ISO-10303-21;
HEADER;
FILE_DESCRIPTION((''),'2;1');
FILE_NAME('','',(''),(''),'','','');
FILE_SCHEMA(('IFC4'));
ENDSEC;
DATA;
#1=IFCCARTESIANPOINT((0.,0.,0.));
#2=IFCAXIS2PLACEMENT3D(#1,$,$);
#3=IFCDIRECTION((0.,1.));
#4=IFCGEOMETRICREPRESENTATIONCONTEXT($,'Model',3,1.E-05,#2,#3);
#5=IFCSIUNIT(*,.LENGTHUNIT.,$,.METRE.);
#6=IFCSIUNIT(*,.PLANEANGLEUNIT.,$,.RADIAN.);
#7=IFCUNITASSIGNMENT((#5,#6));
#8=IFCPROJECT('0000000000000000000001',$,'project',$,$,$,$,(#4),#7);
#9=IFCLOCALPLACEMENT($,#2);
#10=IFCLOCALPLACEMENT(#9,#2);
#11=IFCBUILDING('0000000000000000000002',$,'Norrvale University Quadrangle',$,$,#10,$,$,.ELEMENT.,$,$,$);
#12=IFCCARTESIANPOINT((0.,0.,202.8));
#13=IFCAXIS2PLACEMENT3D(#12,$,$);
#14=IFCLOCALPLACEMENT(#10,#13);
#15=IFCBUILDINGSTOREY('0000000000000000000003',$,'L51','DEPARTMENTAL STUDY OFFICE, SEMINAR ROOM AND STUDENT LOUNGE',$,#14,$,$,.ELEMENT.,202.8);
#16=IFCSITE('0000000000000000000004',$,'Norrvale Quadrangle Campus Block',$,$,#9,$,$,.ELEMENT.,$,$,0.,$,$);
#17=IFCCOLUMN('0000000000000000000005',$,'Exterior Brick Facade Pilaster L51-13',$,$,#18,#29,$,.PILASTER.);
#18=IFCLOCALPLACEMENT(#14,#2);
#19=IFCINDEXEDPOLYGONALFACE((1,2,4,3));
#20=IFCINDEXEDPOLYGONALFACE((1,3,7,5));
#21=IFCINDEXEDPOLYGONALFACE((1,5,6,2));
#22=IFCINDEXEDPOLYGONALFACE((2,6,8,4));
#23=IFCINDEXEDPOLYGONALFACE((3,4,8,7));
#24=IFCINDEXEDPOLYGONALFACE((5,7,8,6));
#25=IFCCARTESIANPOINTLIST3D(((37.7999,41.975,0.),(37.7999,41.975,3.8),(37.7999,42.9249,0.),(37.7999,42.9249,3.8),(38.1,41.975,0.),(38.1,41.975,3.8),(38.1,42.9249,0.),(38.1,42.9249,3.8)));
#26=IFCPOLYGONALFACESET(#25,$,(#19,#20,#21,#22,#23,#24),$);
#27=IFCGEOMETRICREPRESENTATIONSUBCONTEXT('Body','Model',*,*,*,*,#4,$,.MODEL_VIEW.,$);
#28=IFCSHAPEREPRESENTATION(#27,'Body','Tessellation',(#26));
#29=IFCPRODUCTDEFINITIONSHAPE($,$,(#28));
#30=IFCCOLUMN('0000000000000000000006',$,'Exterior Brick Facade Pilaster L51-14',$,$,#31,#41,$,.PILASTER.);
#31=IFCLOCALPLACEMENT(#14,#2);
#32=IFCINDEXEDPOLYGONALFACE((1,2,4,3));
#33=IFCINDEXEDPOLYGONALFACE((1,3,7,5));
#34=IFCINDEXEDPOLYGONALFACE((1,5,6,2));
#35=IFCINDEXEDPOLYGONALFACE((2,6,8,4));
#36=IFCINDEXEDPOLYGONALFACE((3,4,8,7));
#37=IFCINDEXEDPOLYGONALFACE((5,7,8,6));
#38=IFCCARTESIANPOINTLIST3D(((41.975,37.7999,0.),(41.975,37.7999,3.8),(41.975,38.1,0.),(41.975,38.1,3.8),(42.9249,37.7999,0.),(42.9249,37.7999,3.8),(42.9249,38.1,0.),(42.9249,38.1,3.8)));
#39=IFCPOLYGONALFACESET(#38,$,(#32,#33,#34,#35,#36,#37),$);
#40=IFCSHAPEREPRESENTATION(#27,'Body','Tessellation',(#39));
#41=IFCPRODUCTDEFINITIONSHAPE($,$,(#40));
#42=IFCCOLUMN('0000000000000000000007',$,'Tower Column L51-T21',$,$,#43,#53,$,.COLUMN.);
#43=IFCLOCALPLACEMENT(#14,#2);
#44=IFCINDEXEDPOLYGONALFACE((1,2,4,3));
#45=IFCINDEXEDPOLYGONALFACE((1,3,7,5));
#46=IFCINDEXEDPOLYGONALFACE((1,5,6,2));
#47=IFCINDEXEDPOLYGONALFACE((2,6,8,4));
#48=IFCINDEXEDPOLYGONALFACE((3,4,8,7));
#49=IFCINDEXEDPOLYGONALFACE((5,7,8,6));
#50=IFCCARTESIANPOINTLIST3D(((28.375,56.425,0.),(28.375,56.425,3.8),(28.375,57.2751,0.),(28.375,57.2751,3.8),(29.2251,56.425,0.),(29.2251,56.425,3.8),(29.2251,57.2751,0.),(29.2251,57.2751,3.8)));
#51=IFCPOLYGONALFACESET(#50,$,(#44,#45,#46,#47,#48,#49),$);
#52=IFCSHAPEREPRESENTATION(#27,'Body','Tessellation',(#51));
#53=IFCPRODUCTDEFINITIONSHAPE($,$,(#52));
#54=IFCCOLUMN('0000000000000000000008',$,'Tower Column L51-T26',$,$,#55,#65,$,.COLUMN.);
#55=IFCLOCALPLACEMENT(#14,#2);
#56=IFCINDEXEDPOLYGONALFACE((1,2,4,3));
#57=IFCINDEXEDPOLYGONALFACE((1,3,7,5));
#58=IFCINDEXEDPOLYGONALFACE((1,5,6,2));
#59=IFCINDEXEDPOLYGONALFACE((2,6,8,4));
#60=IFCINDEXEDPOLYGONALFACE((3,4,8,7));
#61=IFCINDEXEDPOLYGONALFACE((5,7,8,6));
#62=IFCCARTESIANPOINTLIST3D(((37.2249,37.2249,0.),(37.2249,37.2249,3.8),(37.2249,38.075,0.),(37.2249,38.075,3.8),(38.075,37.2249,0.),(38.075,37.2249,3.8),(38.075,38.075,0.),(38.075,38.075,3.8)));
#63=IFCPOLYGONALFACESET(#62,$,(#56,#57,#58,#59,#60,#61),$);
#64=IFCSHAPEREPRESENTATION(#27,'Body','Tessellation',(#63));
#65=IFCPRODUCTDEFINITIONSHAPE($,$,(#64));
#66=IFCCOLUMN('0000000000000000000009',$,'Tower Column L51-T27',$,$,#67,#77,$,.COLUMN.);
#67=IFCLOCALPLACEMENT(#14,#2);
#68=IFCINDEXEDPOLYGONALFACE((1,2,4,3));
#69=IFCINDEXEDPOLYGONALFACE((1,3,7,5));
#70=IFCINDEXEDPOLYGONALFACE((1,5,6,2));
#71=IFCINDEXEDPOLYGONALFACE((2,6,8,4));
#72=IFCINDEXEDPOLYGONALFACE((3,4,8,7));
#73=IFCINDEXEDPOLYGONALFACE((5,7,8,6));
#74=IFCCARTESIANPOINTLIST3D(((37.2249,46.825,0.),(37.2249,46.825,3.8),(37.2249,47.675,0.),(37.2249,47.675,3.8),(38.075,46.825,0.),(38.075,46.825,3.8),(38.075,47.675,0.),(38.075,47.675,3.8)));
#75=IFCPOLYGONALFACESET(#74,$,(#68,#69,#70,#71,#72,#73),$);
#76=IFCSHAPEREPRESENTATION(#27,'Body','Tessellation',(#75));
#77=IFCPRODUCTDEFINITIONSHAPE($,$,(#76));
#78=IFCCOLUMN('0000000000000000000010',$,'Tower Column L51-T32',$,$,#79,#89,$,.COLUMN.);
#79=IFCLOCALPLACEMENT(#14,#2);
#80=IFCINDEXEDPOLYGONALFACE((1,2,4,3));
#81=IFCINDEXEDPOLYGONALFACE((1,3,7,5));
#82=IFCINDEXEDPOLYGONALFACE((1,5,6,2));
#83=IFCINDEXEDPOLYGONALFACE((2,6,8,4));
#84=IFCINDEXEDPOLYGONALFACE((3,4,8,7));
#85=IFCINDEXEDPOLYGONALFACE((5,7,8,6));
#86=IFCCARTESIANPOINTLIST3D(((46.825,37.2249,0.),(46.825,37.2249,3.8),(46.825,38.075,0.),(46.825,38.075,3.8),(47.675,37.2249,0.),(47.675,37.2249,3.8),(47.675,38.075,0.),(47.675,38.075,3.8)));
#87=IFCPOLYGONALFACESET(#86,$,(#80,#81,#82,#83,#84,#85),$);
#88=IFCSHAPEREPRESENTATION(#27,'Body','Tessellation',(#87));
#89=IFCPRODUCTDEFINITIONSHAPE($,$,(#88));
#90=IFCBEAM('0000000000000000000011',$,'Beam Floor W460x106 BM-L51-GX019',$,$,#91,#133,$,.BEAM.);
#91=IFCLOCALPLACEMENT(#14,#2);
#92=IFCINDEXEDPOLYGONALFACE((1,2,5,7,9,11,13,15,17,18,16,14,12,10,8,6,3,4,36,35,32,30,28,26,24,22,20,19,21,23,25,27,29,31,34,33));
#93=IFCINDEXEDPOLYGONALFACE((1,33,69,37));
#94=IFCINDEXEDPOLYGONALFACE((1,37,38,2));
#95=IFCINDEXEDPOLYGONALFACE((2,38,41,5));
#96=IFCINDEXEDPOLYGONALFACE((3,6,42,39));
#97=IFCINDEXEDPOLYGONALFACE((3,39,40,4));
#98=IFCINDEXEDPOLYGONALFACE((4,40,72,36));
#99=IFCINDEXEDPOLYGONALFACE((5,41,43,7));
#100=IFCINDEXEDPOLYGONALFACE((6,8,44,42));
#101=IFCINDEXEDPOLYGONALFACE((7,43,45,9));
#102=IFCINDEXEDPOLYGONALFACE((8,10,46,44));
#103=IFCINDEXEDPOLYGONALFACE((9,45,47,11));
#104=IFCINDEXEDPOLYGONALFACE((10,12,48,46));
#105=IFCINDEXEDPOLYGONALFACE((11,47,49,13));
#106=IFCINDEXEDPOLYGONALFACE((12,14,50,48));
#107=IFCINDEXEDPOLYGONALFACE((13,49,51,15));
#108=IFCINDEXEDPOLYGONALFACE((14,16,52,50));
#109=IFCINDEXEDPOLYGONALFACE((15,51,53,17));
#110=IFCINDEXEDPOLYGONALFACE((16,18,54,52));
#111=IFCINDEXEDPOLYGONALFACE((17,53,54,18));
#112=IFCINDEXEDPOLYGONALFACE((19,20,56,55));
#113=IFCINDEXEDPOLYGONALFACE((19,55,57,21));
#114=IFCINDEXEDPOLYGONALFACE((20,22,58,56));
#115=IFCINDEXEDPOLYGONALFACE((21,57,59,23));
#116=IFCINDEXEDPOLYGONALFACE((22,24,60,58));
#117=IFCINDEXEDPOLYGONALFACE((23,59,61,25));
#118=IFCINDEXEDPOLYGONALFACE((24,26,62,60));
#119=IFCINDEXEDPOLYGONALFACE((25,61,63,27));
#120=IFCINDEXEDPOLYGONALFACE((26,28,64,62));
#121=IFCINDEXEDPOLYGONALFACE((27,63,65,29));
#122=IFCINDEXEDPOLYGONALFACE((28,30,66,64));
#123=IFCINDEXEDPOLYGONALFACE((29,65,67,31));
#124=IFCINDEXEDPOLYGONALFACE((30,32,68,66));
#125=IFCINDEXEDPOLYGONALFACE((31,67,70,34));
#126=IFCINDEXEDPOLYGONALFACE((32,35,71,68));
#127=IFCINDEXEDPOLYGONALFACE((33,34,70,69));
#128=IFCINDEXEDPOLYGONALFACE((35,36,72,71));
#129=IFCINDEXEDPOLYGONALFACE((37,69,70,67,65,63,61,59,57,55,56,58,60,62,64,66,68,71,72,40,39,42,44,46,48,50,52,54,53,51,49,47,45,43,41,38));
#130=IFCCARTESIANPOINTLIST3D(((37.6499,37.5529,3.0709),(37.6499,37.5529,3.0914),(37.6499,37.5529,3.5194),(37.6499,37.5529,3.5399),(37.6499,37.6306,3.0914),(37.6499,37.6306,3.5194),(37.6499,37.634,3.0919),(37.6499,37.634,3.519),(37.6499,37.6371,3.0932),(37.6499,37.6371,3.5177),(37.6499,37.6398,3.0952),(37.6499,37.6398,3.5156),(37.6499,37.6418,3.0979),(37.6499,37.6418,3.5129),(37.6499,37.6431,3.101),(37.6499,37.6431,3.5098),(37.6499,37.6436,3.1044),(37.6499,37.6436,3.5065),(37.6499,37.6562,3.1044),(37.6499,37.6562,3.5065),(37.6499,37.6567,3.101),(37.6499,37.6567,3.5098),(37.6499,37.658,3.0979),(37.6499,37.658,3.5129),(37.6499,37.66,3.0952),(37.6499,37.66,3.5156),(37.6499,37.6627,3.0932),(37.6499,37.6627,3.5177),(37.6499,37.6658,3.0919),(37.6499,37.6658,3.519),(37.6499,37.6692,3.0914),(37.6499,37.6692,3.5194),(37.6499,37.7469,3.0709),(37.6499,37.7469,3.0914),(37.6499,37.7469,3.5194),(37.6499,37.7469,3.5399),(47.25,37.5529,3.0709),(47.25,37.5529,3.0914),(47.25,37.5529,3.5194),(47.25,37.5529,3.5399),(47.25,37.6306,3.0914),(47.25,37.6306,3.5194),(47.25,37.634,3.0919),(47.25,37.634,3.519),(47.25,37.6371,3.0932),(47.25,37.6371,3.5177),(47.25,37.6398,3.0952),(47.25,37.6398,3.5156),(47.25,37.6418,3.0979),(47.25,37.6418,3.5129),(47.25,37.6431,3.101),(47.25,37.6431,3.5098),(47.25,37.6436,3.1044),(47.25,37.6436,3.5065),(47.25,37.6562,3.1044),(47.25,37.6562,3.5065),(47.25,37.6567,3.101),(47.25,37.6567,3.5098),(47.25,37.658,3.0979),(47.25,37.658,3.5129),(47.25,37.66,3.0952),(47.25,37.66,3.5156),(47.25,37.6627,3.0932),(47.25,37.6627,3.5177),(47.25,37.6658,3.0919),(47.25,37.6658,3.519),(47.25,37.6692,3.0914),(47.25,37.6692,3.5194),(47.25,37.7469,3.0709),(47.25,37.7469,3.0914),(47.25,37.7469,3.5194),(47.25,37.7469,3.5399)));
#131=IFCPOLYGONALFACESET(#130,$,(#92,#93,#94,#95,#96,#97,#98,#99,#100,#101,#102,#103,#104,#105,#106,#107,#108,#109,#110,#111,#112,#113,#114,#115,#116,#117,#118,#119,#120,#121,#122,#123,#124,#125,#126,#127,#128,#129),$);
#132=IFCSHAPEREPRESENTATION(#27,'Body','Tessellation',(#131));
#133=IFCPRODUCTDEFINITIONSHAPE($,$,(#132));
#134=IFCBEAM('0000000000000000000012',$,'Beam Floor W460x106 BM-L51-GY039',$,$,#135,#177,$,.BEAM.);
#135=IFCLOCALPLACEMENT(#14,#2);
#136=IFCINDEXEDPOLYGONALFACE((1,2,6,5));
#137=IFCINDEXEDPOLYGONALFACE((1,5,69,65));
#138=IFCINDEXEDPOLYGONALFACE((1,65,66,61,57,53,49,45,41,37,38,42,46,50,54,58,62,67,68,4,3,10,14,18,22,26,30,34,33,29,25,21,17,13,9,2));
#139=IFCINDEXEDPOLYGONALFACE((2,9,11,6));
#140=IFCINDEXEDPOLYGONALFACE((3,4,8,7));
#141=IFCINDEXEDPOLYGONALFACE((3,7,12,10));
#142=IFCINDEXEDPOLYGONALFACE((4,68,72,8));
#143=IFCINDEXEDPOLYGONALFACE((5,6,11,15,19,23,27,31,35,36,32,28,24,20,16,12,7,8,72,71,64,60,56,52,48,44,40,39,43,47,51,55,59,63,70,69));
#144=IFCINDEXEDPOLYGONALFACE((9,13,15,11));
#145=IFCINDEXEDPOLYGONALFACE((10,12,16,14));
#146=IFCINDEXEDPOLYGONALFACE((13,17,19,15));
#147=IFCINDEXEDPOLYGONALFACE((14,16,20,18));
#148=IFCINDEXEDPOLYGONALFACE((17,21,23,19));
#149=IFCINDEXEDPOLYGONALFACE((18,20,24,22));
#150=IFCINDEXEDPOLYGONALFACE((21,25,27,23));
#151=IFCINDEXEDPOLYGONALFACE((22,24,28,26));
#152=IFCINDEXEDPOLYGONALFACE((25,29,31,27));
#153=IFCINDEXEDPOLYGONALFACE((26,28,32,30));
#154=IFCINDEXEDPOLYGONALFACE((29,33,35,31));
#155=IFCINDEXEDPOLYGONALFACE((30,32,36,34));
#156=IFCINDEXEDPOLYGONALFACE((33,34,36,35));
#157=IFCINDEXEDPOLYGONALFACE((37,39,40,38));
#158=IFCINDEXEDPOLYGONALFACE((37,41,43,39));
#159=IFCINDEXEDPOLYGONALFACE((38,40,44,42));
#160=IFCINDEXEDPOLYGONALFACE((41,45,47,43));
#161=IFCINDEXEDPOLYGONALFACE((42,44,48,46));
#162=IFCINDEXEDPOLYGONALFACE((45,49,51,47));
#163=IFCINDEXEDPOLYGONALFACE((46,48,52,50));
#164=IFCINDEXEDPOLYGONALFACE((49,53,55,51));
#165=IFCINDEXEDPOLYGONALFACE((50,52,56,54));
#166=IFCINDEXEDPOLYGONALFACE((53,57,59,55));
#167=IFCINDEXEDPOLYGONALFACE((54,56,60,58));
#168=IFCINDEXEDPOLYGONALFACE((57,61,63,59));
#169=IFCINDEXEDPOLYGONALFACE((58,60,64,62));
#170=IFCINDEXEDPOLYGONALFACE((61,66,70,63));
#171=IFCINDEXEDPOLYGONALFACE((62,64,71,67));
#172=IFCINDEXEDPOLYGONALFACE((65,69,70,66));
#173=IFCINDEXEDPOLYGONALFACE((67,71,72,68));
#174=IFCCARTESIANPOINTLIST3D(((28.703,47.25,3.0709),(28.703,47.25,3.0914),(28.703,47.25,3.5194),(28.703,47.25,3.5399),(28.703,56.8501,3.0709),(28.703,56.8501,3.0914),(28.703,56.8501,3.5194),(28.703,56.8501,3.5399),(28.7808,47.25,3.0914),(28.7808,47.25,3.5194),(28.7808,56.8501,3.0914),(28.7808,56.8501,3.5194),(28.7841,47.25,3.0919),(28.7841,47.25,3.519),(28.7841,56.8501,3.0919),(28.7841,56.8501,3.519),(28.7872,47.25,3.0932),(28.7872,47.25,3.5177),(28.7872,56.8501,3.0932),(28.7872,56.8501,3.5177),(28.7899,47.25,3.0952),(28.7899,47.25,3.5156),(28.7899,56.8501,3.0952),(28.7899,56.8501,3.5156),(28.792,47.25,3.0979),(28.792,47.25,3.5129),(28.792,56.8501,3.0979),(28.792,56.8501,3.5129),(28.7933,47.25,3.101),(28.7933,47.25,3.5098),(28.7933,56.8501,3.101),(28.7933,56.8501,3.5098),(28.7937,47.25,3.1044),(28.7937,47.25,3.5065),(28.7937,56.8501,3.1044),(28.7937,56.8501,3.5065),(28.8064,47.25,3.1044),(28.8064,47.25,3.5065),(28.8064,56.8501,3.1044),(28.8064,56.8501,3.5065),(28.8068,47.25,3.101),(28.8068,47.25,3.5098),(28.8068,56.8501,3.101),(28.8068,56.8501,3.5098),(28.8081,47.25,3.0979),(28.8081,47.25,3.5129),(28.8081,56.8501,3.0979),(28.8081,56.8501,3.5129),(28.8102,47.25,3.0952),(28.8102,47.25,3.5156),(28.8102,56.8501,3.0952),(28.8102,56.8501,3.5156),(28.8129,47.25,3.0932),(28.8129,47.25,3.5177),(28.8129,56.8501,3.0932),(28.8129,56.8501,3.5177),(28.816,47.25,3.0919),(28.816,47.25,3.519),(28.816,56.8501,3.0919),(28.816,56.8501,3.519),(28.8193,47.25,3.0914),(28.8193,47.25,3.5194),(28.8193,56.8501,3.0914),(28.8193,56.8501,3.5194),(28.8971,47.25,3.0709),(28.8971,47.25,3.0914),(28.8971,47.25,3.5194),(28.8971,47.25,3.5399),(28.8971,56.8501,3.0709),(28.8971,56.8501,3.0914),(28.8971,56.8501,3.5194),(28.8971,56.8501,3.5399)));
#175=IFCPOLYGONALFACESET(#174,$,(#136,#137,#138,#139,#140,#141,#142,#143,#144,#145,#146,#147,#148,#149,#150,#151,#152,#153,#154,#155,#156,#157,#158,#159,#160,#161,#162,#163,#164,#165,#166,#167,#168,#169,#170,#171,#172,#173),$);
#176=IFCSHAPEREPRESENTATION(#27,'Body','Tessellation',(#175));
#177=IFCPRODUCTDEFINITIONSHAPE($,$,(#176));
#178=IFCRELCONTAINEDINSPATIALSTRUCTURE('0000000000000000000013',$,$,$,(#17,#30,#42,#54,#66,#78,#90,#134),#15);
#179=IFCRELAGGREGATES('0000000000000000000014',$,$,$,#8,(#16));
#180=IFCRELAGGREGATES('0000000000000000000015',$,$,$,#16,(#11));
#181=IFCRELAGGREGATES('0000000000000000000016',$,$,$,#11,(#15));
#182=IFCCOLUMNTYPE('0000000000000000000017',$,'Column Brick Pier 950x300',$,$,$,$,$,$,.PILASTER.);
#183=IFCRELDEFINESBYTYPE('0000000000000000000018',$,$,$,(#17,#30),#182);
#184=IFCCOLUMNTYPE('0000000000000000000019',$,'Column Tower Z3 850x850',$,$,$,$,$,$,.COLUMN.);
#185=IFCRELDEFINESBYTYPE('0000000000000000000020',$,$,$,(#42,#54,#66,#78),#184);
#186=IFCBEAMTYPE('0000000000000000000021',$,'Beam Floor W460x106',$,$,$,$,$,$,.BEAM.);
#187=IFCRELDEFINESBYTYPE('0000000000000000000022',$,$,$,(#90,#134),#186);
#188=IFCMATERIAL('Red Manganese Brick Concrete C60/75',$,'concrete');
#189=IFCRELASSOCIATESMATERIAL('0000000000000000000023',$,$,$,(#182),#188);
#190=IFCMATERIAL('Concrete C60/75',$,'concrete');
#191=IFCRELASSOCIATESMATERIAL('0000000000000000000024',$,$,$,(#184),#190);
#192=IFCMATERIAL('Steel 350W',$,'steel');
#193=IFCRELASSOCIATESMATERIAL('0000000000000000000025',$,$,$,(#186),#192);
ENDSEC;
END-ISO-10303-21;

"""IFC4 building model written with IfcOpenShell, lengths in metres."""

from ifc_helpers import new_model, si_unit, direction, frame, origin, origin_2d, place, context, subcontext, project, spatial, rectangle, i_section, extrude, material, material_profile, profile_set, type_object, element, save


model = new_model("IFC4")

# Units and contexts
model_context = context("Model", 3, precision=1e-05, world=origin(), true_north=direction((0.0, 1.0)))
body_context = subcontext(model_context, "Body", "Model", "MODEL_VIEW")
ifc_project = project(units=[si_unit("LENGTHUNIT", "METRE"), si_unit("PLANEANGLEUNIT", "RADIAN")], contexts=[model_context])

# Site, building, storey
site_placement = place(None, origin())
site = spatial("IfcSite", under=ifc_project, at=site_placement, Name="Norrvale Quadrangle Campus Block", CompositionType="ELEMENT", RefElevation=0.0)
building_placement = place(site_placement, origin())
building = spatial("IfcBuilding", under=site, at=building_placement, Name="Norrvale University Quadrangle", CompositionType="ELEMENT")
storey_placement = place(building_placement, frame((0.0, 0.0, 202.8)))
storey = spatial("IfcBuildingStorey", under=building, at=storey_placement, Name="L51", Description="DEPARTMENTAL STUDY OFFICE, SEMINAR ROOM AND STUDENT LOUNGE", CompositionType="ELEMENT", Elevation=202.8)

# Columns
ifc_material_1 = material(Name="Red Manganese Brick Concrete C60/75", Category="concrete")
ifc_material_profile_1 = material_profile(ifc_material_1, rectangle(XDim=0.95, YDim=0.3, at=origin_2d()), Name="Red Manganese Brick Concrete C60/75")
ifc_profile_set_1 = profile_set([ifc_material_profile_1], Name="Red Manganese Brick Concrete C60/75")
column_type_1 = type_object("IfcColumnType", Name="Column Brick Pier 950x300", PredefinedType="PILASTER", material=ifc_profile_set_1)
for number, where, z_axis, x_axis, name in (
    (1, (37.95, 42.45, 0.0), (0.0, 0.0, 1.0), (0.0, 1.0, 0.0), "Exterior Brick Facade Pilaster L51-13"),
    (2, (42.45, 37.95, 0.0), (0.0, 0.0, 1.0), (1.0, 0.0, 0.0), "Exterior Brick Facade Pilaster L51-14"),
):
    element("IfcColumn", number, at=place(storey_placement, frame(where, z_axis=z_axis, x_axis=x_axis)), inside=storey, type_object=column_type_1, Name=name, PredefinedType="PILASTER", context=body_context, shape_type="SweptSolid", body=[
        extrude(rectangle(XDim=0.95, YDim=0.3, at=origin_2d()), origin(), (0.0, 0.0, 1.0), 3.8),
    ])
ifc_material_2 = material(Name="Concrete C60/75", Category="concrete")
ifc_material_profile_2 = material_profile(ifc_material_2, rectangle(XDim=0.8501, YDim=0.8501, at=origin_2d()), Name="Concrete C60/75")
ifc_profile_set_2 = profile_set([ifc_material_profile_2], Name="Concrete C60/75")
column_type_2 = type_object("IfcColumnType", Name="Column Tower Z3 850x850", PredefinedType="COLUMN", material=ifc_profile_set_2)
for number, where, z_axis, x_axis, name in (
    (3, (28.8, 56.8501, 0.0), (0.0, 0.0, 1.0), (1.0, 0.0, 0.0), "Tower Column L51-T21"),
    (4, (37.6499, 37.6499, 0.0), (0.0, 0.0, 1.0), (1.0, 0.0, 0.0), "Tower Column L51-T26"),
    (5, (37.6499, 47.25, 0.0), (0.0, 0.0, 1.0), (1.0, 0.0, 0.0), "Tower Column L51-T27"),
    (6, (47.25, 37.6499, 0.0), (0.0, 0.0, 1.0), (1.0, 0.0, 0.0), "Tower Column L51-T32"),
):
    element("IfcColumn", number, at=place(storey_placement, frame(where, z_axis=z_axis, x_axis=x_axis)), inside=storey, type_object=column_type_2, Name=name, PredefinedType="COLUMN", context=body_context, shape_type="SweptSolid", body=[
        extrude(rectangle(XDim=0.8501, YDim=0.8501, at=origin_2d()), origin(), (0.0, 0.0, 1.0), 3.8),
    ])

# Beams
ifc_material_3 = material(Name="Steel 350W", Category="steel")
ifc_material_profile_3 = material_profile(ifc_material_3, i_section(OverallWidth=0.1941, OverallDepth=0.469, WebThickness=0.0127, FlangeThickness=0.0205, FilletRadius=0.0129, at=origin_2d()), Name="Steel 350W")
ifc_profile_set_3 = profile_set([ifc_material_profile_3], Name="Steel 350W")
beam_type_1 = type_object("IfcBeamType", Name="Beam Floor W460x106", PredefinedType="BEAM", material=ifc_profile_set_3)
for number, where, z_axis, x_axis, name in (
    (7, (37.6499, 37.6499, 3.3054), (1.0, 0.0, 0.0), (0.0, 1.0, 0.0), "Beam Floor W460x106 BM-L51-GX019"),
    (8, (28.8, 47.25, 3.3054), (0.0, 1.0, 0.0), (-1.0, 0.0, 0.0), "Beam Floor W460x106 BM-L51-GY039"),
):
    element("IfcBeam", number, at=place(storey_placement, frame(where, z_axis=z_axis, x_axis=x_axis)), inside=storey, type_object=beam_type_1, Name=name, PredefinedType="BEAM", context=body_context, shape_type="SweptSolid", body=[
        extrude(i_section(OverallWidth=0.1941, OverallDepth=0.469, WebThickness=0.0127, FlangeThickness=0.0205, FilletRadius=0.0129, at=origin_2d()), origin(), (0.0, 0.0, 1.0), 9.6001),
    ])

save(model, "model.ifc")
